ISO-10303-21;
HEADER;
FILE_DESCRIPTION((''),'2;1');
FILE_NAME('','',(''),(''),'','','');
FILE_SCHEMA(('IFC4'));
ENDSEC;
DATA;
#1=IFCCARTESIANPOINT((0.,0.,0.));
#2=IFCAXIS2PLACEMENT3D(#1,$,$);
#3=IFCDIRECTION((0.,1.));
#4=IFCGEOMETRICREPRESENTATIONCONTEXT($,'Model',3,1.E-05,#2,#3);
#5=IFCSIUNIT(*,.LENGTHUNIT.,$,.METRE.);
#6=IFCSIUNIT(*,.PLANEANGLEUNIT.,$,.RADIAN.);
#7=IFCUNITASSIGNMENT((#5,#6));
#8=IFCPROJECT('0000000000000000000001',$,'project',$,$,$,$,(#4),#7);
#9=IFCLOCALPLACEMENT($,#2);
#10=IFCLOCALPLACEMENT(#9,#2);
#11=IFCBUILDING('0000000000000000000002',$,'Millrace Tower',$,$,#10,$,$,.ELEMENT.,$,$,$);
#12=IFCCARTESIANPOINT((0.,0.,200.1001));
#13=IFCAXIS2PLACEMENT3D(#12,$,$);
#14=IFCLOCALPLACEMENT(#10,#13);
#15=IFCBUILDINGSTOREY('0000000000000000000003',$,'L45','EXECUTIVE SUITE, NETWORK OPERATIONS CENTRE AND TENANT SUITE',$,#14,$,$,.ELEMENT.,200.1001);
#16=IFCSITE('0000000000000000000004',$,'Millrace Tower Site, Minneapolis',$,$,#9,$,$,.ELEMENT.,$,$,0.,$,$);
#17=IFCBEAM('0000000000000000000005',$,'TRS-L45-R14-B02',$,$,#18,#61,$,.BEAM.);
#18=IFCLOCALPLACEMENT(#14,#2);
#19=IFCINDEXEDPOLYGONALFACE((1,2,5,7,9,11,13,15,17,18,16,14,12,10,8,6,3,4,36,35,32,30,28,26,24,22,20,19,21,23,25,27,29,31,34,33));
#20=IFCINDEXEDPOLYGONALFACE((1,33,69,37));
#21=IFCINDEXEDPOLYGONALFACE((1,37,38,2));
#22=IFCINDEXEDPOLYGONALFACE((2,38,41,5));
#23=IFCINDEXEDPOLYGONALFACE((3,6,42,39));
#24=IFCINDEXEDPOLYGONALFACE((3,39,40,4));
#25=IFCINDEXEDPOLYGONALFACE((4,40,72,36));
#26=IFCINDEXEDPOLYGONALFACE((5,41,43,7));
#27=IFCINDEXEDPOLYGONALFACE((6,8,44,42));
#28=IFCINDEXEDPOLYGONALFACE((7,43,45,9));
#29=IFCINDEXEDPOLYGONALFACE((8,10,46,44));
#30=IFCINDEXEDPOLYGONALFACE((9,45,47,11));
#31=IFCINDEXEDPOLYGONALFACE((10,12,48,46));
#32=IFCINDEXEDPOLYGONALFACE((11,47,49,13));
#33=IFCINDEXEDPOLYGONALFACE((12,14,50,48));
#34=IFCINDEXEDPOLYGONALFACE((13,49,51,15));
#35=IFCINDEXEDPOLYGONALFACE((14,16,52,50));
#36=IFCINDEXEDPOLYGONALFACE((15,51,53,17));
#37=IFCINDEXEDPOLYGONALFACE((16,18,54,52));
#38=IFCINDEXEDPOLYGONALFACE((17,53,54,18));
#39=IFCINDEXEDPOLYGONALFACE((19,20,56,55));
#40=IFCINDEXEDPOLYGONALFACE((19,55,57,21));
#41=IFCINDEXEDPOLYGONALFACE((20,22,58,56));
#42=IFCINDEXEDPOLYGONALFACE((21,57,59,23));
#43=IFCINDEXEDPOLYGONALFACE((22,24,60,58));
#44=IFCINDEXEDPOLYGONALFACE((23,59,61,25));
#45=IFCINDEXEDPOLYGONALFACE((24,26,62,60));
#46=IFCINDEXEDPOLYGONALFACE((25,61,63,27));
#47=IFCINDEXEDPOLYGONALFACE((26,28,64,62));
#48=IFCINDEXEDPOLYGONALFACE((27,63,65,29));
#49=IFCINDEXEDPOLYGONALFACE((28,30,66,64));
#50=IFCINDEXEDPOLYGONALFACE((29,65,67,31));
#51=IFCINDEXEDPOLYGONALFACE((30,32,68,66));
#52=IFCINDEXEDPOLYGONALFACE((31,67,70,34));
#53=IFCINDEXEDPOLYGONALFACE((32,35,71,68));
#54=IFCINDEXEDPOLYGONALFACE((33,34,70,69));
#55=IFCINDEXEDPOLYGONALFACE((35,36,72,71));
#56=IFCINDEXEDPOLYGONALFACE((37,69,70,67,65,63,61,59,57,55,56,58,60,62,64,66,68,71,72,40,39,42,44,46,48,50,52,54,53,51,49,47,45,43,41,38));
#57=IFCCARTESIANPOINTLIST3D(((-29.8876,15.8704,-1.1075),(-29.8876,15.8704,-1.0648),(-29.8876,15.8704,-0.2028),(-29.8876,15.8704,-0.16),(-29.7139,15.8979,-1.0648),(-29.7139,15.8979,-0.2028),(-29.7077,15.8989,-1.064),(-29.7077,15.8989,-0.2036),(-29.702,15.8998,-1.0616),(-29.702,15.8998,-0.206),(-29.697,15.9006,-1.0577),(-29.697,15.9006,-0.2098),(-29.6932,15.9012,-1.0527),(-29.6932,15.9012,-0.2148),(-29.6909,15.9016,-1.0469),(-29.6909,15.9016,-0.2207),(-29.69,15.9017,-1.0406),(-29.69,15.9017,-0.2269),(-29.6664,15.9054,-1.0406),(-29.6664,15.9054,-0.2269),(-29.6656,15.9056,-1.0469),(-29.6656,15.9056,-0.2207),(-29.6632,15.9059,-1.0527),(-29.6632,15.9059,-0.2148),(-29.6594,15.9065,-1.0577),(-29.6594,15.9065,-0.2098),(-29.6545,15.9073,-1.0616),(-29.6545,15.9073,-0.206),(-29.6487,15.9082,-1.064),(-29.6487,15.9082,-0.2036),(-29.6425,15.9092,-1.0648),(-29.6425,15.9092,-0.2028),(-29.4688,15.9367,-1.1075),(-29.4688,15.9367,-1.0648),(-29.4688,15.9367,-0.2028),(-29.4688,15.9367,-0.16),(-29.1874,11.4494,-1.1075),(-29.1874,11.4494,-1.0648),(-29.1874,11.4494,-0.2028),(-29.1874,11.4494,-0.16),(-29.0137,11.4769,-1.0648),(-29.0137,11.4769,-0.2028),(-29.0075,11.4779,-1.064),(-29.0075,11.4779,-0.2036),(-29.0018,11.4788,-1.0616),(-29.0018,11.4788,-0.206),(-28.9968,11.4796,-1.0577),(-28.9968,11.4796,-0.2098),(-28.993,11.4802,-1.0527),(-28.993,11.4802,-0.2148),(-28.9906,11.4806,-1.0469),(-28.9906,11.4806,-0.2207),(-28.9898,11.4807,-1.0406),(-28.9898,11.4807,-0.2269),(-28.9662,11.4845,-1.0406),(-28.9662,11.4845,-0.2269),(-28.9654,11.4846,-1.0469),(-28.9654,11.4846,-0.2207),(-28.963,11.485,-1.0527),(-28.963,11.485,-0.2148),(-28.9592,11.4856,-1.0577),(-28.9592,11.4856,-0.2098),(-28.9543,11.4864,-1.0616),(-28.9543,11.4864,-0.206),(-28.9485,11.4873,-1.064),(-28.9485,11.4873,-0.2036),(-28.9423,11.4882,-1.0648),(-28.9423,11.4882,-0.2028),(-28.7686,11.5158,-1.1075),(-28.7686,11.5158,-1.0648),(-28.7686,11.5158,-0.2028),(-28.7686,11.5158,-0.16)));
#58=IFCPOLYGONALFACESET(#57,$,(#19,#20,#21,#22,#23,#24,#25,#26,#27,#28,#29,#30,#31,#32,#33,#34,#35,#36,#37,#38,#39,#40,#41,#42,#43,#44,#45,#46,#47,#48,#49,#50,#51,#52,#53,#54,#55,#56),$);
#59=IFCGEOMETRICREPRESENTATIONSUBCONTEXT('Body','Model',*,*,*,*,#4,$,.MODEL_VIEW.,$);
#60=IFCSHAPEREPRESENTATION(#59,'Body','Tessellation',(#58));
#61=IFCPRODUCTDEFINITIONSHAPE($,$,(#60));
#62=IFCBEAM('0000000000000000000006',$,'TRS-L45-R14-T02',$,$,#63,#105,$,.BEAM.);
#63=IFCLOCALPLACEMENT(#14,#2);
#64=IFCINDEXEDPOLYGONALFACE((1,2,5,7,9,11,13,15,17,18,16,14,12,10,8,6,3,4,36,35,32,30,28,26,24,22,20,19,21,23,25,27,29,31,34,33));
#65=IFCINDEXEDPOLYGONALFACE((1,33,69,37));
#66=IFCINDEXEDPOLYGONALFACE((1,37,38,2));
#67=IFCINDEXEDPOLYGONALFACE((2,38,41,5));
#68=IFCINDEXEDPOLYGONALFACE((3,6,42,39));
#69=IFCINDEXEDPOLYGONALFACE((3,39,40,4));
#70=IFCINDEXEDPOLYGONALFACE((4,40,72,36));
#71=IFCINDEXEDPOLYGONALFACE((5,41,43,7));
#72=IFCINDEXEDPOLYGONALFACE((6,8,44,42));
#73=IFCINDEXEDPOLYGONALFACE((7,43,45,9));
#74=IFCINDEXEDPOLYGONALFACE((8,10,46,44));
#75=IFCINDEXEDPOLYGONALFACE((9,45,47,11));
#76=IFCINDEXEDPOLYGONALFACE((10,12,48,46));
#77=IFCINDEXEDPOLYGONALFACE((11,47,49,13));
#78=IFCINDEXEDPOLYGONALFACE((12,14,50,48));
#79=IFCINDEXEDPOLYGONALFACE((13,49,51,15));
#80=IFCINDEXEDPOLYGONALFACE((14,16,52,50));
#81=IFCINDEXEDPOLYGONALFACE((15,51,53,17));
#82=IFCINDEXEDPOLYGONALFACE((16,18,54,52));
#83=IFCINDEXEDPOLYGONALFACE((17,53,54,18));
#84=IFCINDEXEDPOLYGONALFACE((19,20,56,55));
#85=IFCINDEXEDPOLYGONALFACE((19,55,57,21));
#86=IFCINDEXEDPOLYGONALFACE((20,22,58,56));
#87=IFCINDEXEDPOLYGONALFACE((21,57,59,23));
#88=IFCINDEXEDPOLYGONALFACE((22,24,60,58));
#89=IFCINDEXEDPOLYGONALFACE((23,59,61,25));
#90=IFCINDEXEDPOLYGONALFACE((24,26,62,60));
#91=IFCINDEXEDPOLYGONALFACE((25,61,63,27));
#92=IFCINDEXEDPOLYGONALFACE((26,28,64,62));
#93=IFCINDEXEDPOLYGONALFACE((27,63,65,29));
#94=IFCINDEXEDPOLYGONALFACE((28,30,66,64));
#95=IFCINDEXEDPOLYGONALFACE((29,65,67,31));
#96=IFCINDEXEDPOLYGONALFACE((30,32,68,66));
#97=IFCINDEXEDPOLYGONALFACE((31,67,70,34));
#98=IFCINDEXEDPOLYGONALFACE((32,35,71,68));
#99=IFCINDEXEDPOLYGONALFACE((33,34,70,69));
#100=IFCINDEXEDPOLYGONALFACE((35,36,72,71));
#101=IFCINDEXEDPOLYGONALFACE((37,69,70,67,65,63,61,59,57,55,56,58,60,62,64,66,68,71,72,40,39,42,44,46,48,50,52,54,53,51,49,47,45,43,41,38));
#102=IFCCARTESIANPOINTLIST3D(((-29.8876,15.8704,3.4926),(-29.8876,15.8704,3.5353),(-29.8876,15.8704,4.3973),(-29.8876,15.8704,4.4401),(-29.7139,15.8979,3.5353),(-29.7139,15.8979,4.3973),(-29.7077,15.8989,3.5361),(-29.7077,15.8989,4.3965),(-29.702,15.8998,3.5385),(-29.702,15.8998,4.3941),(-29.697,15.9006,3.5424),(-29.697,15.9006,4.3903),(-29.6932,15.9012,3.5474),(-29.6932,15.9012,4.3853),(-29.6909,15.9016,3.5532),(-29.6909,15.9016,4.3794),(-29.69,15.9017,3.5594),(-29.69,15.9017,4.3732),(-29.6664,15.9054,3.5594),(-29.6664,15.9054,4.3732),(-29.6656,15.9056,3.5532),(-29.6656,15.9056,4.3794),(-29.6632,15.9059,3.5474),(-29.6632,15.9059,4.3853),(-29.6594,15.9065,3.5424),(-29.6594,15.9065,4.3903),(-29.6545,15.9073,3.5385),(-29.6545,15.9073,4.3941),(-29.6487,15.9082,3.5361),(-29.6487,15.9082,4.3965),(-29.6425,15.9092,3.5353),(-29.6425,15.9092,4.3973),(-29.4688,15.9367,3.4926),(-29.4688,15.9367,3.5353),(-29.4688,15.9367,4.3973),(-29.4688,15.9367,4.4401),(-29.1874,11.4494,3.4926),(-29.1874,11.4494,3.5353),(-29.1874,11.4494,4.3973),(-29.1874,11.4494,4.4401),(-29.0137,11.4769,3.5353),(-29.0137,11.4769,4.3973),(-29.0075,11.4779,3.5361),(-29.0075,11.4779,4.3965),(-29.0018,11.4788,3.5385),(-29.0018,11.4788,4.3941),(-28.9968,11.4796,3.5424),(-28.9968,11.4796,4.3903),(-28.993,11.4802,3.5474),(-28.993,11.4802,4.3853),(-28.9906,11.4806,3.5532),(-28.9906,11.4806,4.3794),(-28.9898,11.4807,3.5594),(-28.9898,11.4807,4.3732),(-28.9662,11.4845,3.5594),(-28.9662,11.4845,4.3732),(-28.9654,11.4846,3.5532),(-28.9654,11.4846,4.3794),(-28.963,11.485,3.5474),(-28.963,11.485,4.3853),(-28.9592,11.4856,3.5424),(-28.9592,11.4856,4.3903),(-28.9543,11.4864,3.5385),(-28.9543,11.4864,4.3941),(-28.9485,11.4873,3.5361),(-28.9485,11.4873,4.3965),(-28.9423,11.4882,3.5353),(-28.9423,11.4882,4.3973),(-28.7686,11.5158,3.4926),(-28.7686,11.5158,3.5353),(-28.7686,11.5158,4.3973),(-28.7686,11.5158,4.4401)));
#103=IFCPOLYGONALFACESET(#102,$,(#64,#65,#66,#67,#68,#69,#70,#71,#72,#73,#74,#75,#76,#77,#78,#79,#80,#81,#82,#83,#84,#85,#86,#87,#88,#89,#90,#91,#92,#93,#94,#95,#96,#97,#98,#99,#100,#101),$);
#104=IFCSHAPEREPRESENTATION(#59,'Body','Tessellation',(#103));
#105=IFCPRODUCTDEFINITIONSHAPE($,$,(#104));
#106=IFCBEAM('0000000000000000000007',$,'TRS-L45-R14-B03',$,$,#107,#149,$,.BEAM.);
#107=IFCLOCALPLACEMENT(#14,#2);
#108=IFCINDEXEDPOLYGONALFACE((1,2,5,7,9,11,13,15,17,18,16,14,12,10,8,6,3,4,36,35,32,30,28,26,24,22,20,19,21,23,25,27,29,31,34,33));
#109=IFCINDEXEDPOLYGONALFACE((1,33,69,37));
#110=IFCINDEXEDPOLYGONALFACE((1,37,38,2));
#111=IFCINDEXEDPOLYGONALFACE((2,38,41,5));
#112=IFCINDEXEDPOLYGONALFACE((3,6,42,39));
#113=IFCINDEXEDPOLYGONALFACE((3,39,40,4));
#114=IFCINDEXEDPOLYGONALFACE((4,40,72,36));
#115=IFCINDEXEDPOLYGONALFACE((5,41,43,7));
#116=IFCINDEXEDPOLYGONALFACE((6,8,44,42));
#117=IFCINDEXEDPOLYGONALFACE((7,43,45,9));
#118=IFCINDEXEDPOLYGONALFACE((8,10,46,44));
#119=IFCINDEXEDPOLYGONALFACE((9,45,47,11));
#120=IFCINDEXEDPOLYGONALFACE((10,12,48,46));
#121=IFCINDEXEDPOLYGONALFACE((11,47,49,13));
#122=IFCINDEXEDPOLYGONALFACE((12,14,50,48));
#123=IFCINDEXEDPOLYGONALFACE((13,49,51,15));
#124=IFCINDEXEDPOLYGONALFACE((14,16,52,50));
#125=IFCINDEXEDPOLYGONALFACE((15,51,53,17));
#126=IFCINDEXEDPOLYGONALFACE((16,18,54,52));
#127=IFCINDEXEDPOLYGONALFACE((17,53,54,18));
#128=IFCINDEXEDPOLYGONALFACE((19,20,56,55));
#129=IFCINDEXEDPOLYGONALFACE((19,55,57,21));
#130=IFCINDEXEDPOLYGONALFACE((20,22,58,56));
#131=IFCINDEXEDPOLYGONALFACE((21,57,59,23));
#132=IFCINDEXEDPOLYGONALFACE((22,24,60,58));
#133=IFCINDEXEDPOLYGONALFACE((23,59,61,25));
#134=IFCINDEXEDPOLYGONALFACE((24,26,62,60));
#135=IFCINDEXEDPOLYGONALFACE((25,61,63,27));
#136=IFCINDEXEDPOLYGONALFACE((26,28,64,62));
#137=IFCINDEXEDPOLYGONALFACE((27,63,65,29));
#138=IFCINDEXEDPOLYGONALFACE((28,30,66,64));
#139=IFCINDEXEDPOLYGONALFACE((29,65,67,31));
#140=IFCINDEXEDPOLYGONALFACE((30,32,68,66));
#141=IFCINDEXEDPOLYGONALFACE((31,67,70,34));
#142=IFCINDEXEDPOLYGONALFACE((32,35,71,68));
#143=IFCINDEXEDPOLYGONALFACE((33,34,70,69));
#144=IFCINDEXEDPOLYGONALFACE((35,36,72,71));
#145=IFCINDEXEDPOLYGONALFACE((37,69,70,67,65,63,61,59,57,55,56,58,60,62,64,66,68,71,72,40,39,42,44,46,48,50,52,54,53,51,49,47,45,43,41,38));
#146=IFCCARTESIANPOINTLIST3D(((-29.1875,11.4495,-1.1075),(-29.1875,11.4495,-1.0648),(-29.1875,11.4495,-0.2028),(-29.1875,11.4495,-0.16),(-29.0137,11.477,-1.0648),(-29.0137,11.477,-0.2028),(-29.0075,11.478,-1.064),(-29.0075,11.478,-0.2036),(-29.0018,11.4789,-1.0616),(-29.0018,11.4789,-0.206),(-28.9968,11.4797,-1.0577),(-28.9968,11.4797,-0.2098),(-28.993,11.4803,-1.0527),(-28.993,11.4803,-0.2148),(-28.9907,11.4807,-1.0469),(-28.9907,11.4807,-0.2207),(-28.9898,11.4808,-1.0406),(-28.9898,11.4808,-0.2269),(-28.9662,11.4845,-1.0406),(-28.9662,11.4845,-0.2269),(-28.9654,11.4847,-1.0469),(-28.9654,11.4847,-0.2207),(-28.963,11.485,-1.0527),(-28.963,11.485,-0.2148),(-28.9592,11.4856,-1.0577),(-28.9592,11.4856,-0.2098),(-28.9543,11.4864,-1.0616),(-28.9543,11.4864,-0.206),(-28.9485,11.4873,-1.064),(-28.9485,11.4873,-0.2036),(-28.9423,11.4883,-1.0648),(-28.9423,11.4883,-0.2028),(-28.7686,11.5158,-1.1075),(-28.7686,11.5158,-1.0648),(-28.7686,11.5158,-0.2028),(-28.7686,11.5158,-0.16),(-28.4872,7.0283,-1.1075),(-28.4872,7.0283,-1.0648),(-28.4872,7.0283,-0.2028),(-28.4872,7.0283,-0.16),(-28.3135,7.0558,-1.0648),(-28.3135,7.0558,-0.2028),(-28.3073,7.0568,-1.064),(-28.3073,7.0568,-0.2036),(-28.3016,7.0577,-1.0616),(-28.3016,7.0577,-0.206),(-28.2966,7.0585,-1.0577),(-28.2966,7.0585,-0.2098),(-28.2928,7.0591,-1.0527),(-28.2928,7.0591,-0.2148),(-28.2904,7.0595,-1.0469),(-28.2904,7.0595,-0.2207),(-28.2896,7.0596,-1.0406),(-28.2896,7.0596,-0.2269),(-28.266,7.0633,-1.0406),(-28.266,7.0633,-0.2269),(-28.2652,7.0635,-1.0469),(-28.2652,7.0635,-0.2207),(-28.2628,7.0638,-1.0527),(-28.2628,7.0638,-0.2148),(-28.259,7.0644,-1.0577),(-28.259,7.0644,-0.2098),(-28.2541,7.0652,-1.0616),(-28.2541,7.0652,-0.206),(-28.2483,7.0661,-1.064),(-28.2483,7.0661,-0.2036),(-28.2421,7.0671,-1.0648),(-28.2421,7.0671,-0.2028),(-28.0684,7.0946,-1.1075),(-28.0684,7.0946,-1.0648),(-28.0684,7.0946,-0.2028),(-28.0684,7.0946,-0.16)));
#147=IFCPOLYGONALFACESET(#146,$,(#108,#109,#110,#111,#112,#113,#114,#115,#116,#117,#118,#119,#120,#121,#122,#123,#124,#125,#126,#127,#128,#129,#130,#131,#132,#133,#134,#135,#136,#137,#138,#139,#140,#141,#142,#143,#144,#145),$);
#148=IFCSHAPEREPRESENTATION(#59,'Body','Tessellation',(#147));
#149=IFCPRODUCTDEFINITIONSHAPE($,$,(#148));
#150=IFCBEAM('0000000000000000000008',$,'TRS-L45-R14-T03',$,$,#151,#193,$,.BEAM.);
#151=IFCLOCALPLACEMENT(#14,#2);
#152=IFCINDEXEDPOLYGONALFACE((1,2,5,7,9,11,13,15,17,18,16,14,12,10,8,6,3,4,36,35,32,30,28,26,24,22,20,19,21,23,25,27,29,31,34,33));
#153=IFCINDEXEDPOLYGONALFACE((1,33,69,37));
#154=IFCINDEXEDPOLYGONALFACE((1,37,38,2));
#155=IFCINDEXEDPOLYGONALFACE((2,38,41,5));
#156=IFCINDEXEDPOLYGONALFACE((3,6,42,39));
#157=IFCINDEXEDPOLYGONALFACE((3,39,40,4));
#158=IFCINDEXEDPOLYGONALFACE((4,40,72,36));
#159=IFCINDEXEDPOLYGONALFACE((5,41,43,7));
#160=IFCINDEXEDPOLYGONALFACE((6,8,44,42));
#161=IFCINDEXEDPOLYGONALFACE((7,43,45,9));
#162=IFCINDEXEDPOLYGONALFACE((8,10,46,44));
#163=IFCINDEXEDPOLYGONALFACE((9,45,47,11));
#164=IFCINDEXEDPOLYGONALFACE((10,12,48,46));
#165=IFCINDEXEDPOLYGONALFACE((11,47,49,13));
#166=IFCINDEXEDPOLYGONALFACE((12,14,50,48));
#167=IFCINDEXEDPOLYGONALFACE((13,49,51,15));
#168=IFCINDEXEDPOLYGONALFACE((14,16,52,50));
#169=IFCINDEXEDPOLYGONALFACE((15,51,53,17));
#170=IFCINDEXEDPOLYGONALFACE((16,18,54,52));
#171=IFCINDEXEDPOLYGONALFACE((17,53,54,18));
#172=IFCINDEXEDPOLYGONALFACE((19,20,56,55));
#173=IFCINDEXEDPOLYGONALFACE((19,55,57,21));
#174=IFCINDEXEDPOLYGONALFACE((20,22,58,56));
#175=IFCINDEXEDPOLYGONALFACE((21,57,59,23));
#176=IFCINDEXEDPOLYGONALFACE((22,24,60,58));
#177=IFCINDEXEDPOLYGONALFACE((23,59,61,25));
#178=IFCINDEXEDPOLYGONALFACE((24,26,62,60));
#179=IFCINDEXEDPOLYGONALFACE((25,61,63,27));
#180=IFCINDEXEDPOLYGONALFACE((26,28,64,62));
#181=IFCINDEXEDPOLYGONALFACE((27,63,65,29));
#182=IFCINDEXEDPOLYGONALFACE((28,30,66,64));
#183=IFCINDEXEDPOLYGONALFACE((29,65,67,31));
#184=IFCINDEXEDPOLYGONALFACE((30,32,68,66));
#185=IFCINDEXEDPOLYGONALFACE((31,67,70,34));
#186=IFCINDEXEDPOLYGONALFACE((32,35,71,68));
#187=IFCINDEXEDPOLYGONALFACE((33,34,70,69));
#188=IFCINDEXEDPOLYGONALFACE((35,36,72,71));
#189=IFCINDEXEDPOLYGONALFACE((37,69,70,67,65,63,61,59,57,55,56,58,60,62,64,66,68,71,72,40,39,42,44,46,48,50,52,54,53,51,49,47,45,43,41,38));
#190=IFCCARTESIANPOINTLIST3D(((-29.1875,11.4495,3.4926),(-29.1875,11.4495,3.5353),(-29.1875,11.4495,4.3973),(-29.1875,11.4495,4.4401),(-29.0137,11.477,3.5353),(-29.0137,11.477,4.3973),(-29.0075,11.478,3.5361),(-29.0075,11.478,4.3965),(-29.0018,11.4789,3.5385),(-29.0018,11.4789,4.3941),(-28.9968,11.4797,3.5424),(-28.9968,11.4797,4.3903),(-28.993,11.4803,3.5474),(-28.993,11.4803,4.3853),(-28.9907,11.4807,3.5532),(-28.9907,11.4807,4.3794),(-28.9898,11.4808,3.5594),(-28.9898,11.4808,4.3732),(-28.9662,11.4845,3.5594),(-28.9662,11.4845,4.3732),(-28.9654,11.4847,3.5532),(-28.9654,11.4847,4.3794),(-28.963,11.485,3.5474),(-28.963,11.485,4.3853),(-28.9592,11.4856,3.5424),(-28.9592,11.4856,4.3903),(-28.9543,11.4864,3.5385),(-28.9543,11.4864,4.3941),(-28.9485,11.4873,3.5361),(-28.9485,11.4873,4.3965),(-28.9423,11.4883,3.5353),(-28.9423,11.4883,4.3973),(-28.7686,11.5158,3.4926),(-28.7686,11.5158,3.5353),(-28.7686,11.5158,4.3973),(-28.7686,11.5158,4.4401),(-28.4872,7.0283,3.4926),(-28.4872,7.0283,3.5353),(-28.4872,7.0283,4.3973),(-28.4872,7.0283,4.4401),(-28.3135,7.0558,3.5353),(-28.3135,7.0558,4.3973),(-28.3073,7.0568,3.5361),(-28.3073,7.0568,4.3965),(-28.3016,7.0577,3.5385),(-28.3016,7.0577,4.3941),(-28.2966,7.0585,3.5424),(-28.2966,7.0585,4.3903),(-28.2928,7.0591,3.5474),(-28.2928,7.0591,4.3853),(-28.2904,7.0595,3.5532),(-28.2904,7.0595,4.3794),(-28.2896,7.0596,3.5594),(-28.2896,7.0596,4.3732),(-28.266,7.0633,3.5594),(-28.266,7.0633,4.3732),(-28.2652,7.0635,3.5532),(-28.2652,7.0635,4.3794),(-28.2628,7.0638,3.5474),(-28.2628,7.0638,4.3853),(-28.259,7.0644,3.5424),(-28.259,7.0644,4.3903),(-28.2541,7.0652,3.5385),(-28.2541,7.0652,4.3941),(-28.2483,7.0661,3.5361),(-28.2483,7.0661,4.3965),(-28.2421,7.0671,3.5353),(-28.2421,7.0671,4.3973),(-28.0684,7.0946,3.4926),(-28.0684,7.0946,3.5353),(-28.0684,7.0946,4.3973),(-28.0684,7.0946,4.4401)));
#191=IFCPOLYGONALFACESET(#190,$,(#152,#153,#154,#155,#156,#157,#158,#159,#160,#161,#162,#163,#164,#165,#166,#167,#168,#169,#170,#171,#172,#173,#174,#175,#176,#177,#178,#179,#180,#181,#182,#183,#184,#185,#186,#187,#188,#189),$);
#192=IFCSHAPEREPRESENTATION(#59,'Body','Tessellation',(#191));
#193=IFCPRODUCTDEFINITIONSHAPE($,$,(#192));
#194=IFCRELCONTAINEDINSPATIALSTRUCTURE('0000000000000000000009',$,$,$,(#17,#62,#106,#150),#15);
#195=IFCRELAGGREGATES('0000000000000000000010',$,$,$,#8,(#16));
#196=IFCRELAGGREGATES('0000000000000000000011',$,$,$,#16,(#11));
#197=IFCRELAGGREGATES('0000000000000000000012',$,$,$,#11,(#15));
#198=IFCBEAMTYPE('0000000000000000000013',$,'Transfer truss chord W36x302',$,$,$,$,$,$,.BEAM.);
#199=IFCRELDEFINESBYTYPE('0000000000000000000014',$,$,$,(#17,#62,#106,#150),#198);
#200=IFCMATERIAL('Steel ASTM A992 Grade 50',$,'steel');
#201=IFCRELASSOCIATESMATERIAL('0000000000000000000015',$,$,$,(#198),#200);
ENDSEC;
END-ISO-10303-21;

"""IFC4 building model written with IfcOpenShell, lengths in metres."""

from ifc_helpers import new_model, si_unit, direction, frame, origin, origin_2d, place, context, subcontext, project, spatial, i_section, extrude, material, material_profile, profile_set, type_object, element, save


model = new_model("IFC4")

# Units and contexts
model_context = context("Model", 3, precision=1e-05, world=origin(), true_north=direction((0.0, 1.0)))
body_context = subcontext(model_context, "Body", "Model", "MODEL_VIEW")
ifc_project = project(units=[si_unit("LENGTHUNIT", "METRE"), si_unit("PLANEANGLEUNIT", "RADIAN")], contexts=[model_context])

# Site, building, storey
site_placement = place(None, origin())
site = spatial("IfcSite", under=ifc_project, at=site_placement, Name="Millrace Tower Site, Minneapolis", CompositionType="ELEMENT", RefElevation=0.0)
building_placement = place(site_placement, origin())
building = spatial("IfcBuilding", under=site, at=building_placement, Name="Millrace Tower", CompositionType="ELEMENT")
storey_placement = place(building_placement, frame((0.0, 0.0, 200.1001)))
storey = spatial("IfcBuildingStorey", under=building, at=storey_placement, Name="L45", Description="EXECUTIVE SUITE, NETWORK OPERATIONS CENTRE AND TENANT SUITE", CompositionType="ELEMENT", Elevation=200.1001)

# Beams
ifc_material_1 = material(Name="Steel ASTM A992 Grade 50", Category="steel")
ifc_material_profile_1 = material_profile(ifc_material_1, i_section(OverallWidth=0.4241, OverallDepth=0.9475, WebThickness=0.0239, FlangeThickness=0.0427, FilletRadius=0.0242, at=origin_2d()))
ifc_profile_set_1 = profile_set([ifc_material_profile_1], Name="Steel ASTM A992 Grade 50")
beam_type_1 = type_object("IfcBeamType", Name="Transfer truss chord W36x302", PredefinedType="BEAM", material=ifc_profile_set_1)
for number, where, z_axis, x_axis, name in (
    (1, (-29.6782, 15.9036, -0.6338), (0.156433, -0.987689, 0.0), (0.987689, 0.156433, 0.0), "TRS-L45-R14-B02"),
    (2, (-29.6782, 15.9036, 3.9663), (0.156433, -0.987689, 0.0), (0.987689, 0.156433, 0.0), "TRS-L45-R14-T02"),
):
    element("IfcBeam", number, at=place(storey_placement, frame(where, z_axis=z_axis, x_axis=x_axis)), inside=storey, type_object=beam_type_1, Name=name, PredefinedType="BEAM", context=body_context, shape_type="SweptSolid", body=[
        extrude(i_section(OverallWidth=0.4241, OverallDepth=0.9475, WebThickness=0.0239, FlangeThickness=0.0427, FilletRadius=0.0242, at=origin_2d()), origin(), (0.0, 0.0, 1.0), 4.4761),
    ])
for number, where, z_axis, x_axis, name in (
    (3, (-28.978, 11.4827, -0.6338), (0.156425, -0.98769, 0.0), (0.98769, 0.156425, 0.0), "TRS-L45-R14-B03"),
    (4, (-28.978, 11.4827, 3.9663), (0.156425, -0.98769, 0.0), (0.98769, 0.156425, 0.0), "TRS-L45-R14-T03"),
):
    element("IfcBeam", number, at=place(storey_placement, frame(where, z_axis=z_axis, x_axis=x_axis)), inside=storey, type_object=beam_type_1, Name=name, PredefinedType="BEAM", context=body_context, shape_type="SweptSolid", body=[
        extrude(i_section(OverallWidth=0.4241, OverallDepth=0.9475, WebThickness=0.0239, FlangeThickness=0.0427, FilletRadius=0.0242, at=origin_2d()), origin(), (0.0, 0.0, 1.0), 4.4763),
    ])

save(model, "model.ifc")
